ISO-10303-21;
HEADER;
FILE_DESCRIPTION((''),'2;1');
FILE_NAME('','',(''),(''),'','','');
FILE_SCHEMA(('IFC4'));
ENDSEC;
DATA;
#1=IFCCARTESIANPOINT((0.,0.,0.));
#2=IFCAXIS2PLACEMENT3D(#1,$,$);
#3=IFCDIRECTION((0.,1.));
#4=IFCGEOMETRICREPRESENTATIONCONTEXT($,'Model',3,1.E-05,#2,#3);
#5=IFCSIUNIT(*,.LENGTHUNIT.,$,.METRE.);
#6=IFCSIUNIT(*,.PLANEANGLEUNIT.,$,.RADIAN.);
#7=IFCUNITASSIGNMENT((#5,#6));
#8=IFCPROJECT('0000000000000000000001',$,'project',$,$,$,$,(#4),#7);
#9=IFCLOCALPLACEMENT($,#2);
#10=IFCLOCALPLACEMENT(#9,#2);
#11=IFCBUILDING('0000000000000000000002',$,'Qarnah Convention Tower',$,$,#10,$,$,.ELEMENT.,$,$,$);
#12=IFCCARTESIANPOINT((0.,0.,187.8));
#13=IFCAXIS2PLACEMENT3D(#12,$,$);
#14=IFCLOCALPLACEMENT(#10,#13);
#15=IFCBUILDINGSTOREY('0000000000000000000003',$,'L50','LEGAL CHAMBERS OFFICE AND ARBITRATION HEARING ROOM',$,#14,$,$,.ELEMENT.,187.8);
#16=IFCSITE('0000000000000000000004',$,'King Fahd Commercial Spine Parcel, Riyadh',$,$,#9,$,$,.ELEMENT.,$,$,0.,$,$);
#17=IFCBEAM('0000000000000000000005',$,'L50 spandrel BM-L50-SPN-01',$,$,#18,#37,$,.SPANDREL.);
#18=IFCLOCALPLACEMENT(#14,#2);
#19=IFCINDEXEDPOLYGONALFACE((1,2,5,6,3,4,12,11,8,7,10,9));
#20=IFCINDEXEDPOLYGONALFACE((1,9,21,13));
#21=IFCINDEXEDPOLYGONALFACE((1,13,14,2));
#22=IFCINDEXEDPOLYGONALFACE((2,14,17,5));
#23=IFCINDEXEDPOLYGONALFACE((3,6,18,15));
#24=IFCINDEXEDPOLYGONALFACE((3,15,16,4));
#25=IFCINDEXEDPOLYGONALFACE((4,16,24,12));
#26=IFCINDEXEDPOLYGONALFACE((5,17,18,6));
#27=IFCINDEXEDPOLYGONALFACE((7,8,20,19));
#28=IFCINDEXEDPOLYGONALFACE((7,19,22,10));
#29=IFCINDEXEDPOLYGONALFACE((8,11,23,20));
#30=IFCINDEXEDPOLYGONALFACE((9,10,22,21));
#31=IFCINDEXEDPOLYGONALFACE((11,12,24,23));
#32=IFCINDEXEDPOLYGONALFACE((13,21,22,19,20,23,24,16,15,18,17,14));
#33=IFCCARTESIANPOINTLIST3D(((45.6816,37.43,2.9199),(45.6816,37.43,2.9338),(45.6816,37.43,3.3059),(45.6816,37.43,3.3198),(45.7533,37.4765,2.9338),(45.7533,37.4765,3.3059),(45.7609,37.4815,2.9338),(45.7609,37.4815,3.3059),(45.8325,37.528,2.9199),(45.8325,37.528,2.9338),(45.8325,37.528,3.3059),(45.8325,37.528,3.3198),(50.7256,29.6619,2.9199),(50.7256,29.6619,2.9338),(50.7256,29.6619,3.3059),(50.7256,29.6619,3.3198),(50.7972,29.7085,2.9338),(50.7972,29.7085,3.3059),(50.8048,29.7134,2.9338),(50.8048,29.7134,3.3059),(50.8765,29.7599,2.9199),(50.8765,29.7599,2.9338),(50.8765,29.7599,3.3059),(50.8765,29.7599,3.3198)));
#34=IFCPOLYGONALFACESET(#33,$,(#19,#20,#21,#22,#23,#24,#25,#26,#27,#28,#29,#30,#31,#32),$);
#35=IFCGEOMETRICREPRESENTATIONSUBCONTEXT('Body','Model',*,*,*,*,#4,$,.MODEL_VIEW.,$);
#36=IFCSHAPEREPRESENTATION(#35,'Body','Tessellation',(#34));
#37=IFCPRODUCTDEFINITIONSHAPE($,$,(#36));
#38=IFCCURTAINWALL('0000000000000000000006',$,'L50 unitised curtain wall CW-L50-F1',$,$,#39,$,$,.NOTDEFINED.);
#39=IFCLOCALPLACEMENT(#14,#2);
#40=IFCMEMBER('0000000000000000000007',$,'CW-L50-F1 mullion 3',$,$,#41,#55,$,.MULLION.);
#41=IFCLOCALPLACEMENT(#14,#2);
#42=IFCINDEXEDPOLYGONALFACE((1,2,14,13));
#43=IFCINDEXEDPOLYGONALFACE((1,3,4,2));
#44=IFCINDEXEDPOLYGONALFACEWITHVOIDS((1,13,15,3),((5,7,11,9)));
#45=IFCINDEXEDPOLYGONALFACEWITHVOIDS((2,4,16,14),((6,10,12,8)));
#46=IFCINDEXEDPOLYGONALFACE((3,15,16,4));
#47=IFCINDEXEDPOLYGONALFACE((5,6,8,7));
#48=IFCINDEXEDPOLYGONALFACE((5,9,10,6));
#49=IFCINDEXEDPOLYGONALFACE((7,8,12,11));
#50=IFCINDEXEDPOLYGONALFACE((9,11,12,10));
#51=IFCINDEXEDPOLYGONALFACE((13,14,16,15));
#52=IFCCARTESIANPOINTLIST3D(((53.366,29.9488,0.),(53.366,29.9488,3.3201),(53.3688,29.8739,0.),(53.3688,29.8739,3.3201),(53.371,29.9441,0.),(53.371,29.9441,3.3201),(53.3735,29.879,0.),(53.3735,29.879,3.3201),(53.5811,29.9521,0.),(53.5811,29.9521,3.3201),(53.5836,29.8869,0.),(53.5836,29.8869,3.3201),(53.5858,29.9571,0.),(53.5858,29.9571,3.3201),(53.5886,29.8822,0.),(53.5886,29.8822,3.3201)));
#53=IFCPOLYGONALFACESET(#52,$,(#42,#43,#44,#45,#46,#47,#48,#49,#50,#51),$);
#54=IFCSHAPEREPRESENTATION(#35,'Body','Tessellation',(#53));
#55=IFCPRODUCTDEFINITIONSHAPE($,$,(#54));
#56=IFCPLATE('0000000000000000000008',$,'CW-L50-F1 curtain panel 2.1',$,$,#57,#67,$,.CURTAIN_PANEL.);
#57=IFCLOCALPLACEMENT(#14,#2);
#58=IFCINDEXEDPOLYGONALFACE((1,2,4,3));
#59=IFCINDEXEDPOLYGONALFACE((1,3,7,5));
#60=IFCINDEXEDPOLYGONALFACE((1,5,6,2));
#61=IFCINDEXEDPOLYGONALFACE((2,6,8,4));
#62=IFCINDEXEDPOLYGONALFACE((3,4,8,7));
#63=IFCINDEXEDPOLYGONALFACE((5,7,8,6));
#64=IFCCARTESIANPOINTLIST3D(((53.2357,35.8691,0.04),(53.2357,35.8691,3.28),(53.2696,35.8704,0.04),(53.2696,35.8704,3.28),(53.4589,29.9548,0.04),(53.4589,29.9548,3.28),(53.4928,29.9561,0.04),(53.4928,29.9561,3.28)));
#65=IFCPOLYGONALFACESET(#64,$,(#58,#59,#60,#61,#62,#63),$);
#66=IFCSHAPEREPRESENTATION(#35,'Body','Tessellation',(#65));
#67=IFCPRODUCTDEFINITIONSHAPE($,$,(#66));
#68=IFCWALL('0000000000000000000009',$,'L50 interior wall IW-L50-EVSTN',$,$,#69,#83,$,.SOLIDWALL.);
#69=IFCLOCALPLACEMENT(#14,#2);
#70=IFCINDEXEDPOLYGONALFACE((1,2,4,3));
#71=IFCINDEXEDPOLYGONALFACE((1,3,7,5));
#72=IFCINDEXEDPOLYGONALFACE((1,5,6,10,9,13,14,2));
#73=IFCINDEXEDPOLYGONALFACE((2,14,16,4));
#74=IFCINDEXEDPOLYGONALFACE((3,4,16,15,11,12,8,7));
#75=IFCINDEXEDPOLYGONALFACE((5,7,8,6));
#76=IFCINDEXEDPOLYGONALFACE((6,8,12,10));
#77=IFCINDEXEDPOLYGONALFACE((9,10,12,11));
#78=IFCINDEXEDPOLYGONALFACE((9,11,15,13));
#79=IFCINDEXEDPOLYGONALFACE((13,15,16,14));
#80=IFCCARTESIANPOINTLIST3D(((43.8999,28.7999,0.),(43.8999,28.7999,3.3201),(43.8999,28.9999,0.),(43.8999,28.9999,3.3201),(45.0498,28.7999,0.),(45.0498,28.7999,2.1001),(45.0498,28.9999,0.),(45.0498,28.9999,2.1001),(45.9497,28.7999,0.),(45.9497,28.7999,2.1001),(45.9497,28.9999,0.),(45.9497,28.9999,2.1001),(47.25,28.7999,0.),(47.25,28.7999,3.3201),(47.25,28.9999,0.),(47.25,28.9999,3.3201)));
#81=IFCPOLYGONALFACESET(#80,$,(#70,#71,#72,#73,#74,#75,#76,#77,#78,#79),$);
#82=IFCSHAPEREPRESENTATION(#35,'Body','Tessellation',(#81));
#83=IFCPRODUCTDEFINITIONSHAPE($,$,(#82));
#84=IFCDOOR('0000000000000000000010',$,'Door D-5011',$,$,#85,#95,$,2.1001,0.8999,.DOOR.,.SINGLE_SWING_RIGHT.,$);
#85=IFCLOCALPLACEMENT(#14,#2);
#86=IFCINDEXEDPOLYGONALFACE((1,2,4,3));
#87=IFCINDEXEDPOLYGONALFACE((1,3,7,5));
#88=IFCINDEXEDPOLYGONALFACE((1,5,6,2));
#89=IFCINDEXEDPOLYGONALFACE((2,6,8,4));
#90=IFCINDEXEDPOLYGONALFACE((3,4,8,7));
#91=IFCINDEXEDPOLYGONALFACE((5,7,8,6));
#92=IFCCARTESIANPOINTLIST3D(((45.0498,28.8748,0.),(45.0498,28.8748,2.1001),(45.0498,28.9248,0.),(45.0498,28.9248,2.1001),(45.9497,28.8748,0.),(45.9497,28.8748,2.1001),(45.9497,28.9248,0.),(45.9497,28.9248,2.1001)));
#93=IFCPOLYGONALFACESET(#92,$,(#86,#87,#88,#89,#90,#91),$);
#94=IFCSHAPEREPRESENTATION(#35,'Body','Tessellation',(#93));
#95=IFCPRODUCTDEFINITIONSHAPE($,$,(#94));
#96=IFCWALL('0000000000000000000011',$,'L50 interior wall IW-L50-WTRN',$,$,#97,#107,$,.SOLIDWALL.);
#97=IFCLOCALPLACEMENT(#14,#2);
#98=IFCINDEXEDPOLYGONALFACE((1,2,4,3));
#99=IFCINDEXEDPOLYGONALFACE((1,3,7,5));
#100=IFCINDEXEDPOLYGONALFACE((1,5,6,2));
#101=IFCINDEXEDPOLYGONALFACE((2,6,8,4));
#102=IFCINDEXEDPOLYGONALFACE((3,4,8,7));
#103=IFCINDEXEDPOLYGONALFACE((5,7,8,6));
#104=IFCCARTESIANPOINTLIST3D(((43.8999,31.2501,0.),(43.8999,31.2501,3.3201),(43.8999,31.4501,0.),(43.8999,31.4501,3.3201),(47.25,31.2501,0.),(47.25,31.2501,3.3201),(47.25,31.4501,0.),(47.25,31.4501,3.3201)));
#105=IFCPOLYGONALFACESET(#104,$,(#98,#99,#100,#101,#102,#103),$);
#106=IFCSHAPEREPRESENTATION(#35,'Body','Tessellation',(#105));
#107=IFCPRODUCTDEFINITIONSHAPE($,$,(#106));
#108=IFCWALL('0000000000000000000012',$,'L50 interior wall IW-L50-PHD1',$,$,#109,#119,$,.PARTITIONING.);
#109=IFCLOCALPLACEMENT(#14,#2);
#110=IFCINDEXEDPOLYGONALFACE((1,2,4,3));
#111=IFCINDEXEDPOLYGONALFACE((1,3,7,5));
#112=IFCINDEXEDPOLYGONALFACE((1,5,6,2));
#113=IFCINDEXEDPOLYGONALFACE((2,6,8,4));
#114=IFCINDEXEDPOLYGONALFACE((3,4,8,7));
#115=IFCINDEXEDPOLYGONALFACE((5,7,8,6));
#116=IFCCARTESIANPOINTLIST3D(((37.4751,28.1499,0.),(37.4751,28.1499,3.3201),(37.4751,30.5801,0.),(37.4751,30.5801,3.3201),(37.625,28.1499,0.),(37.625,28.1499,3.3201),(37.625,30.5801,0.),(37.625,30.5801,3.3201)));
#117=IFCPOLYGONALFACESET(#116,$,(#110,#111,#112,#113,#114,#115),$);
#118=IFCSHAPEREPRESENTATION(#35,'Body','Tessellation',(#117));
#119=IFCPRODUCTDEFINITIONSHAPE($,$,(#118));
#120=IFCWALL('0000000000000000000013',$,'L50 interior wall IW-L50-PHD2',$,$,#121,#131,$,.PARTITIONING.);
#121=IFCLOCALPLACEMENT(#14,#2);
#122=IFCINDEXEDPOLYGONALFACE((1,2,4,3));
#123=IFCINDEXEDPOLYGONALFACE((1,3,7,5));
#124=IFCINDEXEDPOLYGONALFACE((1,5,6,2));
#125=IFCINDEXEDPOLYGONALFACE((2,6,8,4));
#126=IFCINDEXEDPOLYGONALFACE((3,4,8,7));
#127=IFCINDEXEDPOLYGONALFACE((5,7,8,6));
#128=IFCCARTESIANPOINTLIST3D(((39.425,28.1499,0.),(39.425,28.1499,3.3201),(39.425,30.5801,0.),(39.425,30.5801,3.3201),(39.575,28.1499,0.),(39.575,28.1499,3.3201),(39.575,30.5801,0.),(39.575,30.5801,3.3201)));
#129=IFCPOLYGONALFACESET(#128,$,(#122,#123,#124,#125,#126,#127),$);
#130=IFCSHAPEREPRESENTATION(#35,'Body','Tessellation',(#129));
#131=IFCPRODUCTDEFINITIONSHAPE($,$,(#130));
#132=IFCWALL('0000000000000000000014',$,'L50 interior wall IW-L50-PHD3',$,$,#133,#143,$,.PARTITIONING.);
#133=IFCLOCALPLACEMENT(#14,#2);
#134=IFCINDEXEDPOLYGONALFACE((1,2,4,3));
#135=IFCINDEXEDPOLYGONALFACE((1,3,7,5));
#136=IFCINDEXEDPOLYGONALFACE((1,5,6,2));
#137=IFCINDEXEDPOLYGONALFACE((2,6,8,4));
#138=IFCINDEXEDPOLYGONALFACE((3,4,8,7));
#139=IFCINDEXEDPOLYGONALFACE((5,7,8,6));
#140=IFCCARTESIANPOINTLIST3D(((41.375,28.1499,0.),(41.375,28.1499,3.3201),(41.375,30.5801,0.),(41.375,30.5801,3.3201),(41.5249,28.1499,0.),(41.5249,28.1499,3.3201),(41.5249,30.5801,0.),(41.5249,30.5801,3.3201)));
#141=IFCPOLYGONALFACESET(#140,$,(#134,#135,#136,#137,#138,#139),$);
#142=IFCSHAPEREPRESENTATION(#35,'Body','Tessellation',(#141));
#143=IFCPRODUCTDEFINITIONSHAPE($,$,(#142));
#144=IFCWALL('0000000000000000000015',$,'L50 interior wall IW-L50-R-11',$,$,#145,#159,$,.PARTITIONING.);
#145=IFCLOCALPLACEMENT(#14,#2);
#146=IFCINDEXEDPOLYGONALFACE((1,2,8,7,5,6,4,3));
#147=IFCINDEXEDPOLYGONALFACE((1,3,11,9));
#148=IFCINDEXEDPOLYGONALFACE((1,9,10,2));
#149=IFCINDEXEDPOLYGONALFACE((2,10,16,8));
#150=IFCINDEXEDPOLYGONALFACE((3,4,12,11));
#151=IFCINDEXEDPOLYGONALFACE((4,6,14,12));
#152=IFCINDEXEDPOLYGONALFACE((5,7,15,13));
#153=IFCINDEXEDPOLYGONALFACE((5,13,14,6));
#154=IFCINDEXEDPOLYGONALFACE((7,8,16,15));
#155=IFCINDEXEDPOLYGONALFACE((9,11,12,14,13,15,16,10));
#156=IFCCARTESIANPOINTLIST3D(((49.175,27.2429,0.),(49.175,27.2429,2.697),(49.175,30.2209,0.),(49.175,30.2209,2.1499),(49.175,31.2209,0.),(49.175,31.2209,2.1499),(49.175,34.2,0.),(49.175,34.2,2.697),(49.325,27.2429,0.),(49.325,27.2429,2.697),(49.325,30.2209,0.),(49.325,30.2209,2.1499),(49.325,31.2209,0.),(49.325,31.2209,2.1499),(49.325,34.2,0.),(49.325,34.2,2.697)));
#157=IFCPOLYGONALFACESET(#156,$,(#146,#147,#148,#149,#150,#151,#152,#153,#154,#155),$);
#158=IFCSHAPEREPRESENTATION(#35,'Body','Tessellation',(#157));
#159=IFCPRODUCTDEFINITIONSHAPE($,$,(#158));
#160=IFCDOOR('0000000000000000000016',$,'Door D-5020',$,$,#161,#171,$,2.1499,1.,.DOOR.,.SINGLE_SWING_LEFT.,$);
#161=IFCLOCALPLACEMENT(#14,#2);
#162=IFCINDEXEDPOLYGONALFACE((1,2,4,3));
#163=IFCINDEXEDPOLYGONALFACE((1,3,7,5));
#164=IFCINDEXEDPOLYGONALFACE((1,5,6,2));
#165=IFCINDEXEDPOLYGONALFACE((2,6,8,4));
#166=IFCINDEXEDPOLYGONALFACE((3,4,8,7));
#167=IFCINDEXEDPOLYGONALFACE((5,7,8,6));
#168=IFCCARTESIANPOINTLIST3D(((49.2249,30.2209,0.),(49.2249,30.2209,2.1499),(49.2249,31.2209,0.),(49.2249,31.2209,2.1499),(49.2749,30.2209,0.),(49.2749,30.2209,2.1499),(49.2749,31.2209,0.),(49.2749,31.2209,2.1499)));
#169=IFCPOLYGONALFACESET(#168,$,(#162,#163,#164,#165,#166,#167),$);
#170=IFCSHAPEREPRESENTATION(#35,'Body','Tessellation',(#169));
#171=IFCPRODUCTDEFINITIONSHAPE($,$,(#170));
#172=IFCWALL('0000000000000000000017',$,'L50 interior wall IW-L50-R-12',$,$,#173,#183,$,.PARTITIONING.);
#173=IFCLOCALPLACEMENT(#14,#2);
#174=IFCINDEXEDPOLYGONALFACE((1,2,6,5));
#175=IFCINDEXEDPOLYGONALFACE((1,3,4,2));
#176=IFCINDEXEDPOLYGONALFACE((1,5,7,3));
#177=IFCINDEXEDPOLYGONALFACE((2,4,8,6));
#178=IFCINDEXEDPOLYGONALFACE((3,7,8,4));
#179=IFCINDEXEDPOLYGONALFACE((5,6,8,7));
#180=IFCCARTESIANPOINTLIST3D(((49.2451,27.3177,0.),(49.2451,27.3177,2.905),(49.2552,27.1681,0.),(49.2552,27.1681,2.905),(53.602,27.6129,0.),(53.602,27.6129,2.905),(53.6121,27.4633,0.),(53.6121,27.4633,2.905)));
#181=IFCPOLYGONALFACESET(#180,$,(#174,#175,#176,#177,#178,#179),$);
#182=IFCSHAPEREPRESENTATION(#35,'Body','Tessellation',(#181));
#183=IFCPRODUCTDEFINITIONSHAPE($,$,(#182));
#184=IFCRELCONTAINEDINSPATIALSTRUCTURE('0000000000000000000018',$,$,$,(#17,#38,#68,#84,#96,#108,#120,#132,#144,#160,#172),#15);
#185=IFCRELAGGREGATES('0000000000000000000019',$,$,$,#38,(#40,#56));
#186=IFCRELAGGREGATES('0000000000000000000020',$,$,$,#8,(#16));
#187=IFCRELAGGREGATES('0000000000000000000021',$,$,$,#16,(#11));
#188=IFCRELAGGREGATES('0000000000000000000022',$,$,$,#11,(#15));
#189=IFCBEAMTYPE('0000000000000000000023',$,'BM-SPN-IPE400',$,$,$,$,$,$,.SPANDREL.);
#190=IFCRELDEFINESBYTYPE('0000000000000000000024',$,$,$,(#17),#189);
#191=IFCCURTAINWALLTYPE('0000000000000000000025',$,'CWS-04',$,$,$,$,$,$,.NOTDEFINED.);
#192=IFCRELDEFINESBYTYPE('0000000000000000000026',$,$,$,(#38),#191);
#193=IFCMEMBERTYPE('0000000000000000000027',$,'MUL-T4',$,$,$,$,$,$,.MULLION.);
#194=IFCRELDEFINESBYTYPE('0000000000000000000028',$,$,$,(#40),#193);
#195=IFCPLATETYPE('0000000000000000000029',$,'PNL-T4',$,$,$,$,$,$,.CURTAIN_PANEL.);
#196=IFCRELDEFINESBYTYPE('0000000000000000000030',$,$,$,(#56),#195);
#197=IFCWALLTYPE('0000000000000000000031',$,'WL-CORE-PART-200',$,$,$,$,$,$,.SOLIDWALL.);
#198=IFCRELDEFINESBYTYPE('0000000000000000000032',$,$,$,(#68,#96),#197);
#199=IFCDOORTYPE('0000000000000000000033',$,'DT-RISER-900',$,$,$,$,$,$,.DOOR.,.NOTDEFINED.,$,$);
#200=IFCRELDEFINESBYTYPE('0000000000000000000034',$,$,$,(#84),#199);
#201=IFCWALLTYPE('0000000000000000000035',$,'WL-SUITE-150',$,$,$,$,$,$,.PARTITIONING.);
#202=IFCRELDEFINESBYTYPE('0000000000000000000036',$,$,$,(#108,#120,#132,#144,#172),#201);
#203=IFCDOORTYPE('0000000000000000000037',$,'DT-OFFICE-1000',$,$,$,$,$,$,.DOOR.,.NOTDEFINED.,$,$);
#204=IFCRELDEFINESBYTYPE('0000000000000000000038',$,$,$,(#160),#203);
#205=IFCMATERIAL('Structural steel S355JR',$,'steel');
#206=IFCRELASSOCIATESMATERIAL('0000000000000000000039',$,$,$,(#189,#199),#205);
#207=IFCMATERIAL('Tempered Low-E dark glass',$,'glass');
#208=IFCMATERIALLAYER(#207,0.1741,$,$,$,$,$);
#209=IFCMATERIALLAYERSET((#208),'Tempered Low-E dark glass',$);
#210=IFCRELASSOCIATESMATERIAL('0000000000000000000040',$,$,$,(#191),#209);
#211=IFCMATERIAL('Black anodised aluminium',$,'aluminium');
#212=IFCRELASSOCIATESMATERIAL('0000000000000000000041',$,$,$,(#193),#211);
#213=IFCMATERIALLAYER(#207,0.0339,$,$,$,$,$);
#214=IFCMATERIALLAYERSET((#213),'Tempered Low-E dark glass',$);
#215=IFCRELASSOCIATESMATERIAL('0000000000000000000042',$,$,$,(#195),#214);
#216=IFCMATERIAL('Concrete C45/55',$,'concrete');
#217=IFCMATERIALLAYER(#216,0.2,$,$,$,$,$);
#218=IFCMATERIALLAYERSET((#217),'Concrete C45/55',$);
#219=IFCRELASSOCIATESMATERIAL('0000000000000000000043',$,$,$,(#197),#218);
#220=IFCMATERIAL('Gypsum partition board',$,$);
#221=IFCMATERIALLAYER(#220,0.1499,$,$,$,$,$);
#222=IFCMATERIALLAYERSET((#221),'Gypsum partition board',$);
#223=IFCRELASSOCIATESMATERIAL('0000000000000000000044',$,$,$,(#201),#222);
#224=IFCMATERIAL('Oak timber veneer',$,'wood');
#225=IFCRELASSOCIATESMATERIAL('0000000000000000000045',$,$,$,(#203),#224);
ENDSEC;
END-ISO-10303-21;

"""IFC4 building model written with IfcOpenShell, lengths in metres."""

from ifc_helpers import new_model, si_unit, direction, frame, frame_2d, origin, origin_2d, place, context, subcontext, project, spatial, rectangle, hollow_rectangle, i_section, extrude, material, layer, layer_set, material_profile, profile_set, type_object, element, fill, aggregate, save


model = new_model("IFC4")

# Units and contexts
model_context = context("Model", 3, precision=1e-05, world=origin(), true_north=direction((0.0, 1.0)))
body_context = subcontext(model_context, "Body", "Model", "MODEL_VIEW")
ifc_project = project(units=[si_unit("LENGTHUNIT", "METRE"), si_unit("PLANEANGLEUNIT", "RADIAN")], contexts=[model_context])

# Site, building, storey
site_placement = place(None, origin())
site = spatial("IfcSite", under=ifc_project, at=site_placement, Name="King Fahd Commercial Spine Parcel, Riyadh", CompositionType="ELEMENT", RefElevation=0.0)
building_placement = place(site_placement, origin())
building = spatial("IfcBuilding", under=site, at=building_placement, Name="Qarnah Convention Tower", CompositionType="ELEMENT")
storey_placement = place(building_placement, frame((0.0, 0.0, 187.8)))
storey = spatial("IfcBuildingStorey", under=building, at=storey_placement, Name="L50", Description="LEGAL CHAMBERS OFFICE AND ARBITRATION HEARING ROOM", CompositionType="ELEMENT", Elevation=187.8)

# Beam
ifc_material_1 = material(Name="Structural steel S355JR", Category="steel")
ifc_material_profile_1 = material_profile(ifc_material_1, i_section(OverallWidth=0.1799, OverallDepth=0.3999, WebThickness=0.009, FlangeThickness=0.0139, at=origin_2d()), Name="IPE400")
ifc_profile_set_1 = profile_set([ifc_material_profile_1], Name="Structural steel S355JR")
beam_type_1 = type_object("IfcBeamType", Name="BM-SPN-IPE400", PredefinedType="SPANDREL", material=ifc_profile_set_1)
beam_1_placement = place(storey_placement, frame((50.801, 29.7109, 3.1199), z_axis=(-0.544586, 0.838705, 0.0), x_axis=(-0.838705, -0.544586, 0.0)))
element("IfcBeam", 1, at=beam_1_placement, inside=storey, type_object=beam_type_1, Name="L50 spandrel BM-L50-SPN-01", PredefinedType="SPANDREL", context=body_context, shape_type="SweptSolid", body=[
    extrude(i_section(OverallWidth=0.1799, OverallDepth=0.3999, WebThickness=0.009, FlangeThickness=0.0139, at=origin_2d()), origin(), (0.0, 0.0, 1.0), 9.262),
])

# Curtain wall, member, plate
ifc_material_2 = material(Name="Tempered Low-E dark glass", Category="glass")
ifc_layer_1 = layer(ifc_material_2, 0.1741)
ifc_layer_set_1 = layer_set([ifc_layer_1], Name="Tempered Low-E dark glass")
curtain_wall_type = type_object("IfcCurtainWallType", Name="CWS-04", PredefinedType="NOTDEFINED", material=ifc_layer_set_1)
curtain_wall_placement = place(storey_placement, origin())
curtain_wall = element("IfcCurtainWall", 2, at=curtain_wall_placement, inside=storey, type_object=curtain_wall_type, Name="L50 unitised curtain wall CW-L50-F1", PredefinedType="NOTDEFINED")
ifc_material_3 = material(Name="Black anodised aluminium", Category="aluminium")
ifc_material_profile_2 = material_profile(ifc_material_3, hollow_rectangle(XDim=0.075, YDim=0.22, WallThickness=0.0049, at=origin_2d()), Name="MUL-75X220")
ifc_profile_set_2 = profile_set([ifc_material_profile_2], Name="Black anodised aluminium")
member_type = type_object("IfcMemberType", Name="MUL-T4", PredefinedType="MULLION", material=ifc_profile_set_2)
member_placement = place(storey_placement, frame((53.4773, 29.9155, 0.0), z_axis=(0.0, 0.0, 1.0), x_axis=(0.03771, -0.999289, 0.0)))
member = element("IfcMember", 3, at=member_placement, type_object=member_type, Name="CW-L50-F1 mullion 3", PredefinedType="MULLION", context=body_context, shape_type="SweptSolid", body=[
    extrude(hollow_rectangle(XDim=0.075, YDim=0.22, WallThickness=0.0049, at=origin_2d()), origin(), (0.0, 0.0, 1.0), 3.3201),
])
ifc_layer_2 = layer(ifc_material_2, 0.0339)
ifc_layer_set_2 = layer_set([ifc_layer_2], Name="Tempered Low-E dark glass")
plate_type = type_object("IfcPlateType", Name="PNL-T4", PredefinedType="CURTAIN_PANEL", material=ifc_layer_set_2)
plate_placement = place(storey_placement, frame((53.3643, 32.9126, 0.04), z_axis=(0.0, 0.0, 1.0), x_axis=(0.03771, -0.999289, 0.0)))
plate = element("IfcPlate", 4, at=plate_placement, type_object=plate_type, Name="CW-L50-F1 curtain panel 2.1", PredefinedType="CURTAIN_PANEL", context=body_context, shape_type="SweptSolid", body=[
    extrude(rectangle(XDim=5.9185, YDim=0.0339, at=origin_2d()), origin(), (0.0, 0.0, 1.0), 3.24),
])
aggregate(curtain_wall, [member, plate])

# Wall, opening, door
ifc_material_4 = material(Name="Concrete C45/55", Category="concrete")
ifc_layer_3 = layer(ifc_material_4, 0.2)
ifc_layer_set_3 = layer_set([ifc_layer_3], Name="Concrete C45/55")
wall_type_1 = type_object("IfcWallType", Name="WL-CORE-PART-200", PredefinedType="SOLIDWALL", material=ifc_layer_set_3)
wall_1_placement = place(storey_placement, frame((43.8999, 28.8999, 0.0), z_axis=(0.0, 0.0, 1.0), x_axis=(1.0, 0.0, 0.0)))
wall_1 = element("IfcWall", 5, at=wall_1_placement, inside=storey, type_object=wall_type_1, Name="L50 interior wall IW-L50-EVSTN", PredefinedType="SOLIDWALL", context=body_context, shape_type="SweptSolid", body=[
    extrude(rectangle(XDim=3.3501, YDim=0.2, at=frame_2d((1.675, 0.0))), origin(), (0.0, 0.0, 1.0), 3.3201),
])
opening_1_placement = place(wall_1_placement, frame((1.1499, 0.0, 0.0)))
opening_1 = element("IfcOpeningElement", 6, at=opening_1_placement, cuts=wall_1, PredefinedType="OPENING", context=body_context, shape_type="SweptSolid", body=[
    extrude(rectangle(XDim=0.8999, YDim=2.1001, at=frame_2d((0.45, 1.05))), frame((0.0, 0.1099, 0.0), z_axis=(0.0, -1.0, 0.0), x_axis=(1.0, 0.0, 0.0)), (0.0, 0.0, 1.0), 0.22),
])
door_type_1 = type_object("IfcDoorType", Name="DT-RISER-900", OperationType="NOTDEFINED", PredefinedType="DOOR", material=ifc_material_1)
door_1_placement = place(opening_1_placement, origin())
door_1 = element("IfcDoor", 7, at=door_1_placement, inside=storey, type_object=door_type_1, Name="Door D-5011", OperationType="SINGLE_SWING_RIGHT", OverallHeight=2.1001, OverallWidth=0.8999, PredefinedType="DOOR", context=body_context, shape_type="SweptSolid", body=[
    extrude(rectangle(XDim=0.8999, YDim=2.1001, at=frame_2d((0.45, 1.05))), frame((0.0, 0.0249, 0.0), z_axis=(0.0, -1.0, 0.0), x_axis=(1.0, 0.0, 0.0)), (0.0, 0.0, 1.0), 0.05),
])
fill(opening_1, door_1)

# Walls
wall_2_placement = place(storey_placement, frame((43.8999, 31.3501, 0.0), z_axis=(0.0, 0.0, 1.0), x_axis=(1.0, 0.0, 0.0)))
element("IfcWall", 8, at=wall_2_placement, inside=storey, type_object=wall_type_1, Name="L50 interior wall IW-L50-WTRN", PredefinedType="SOLIDWALL", context=body_context, shape_type="SweptSolid", body=[
    extrude(rectangle(XDim=3.3501, YDim=0.2, at=frame_2d((1.675, 0.0))), origin(), (0.0, 0.0, 1.0), 3.3201),
])
ifc_material_5 = material(Name="Gypsum partition board")
ifc_layer_4 = layer(ifc_material_5, 0.1499)
ifc_layer_set_4 = layer_set([ifc_layer_4], Name="Gypsum partition board")
wall_type_2 = type_object("IfcWallType", Name="WL-SUITE-150", PredefinedType="PARTITIONING", material=ifc_layer_set_4)
for number, where, z_axis, x_axis, name in (
    (9, (37.55, 28.1499, 0.0), (0.0, 0.0, 1.0), (0.0, 1.0, 0.0), "L50 interior wall IW-L50-PHD1"),
    (10, (39.5, 28.1499, 0.0), (0.0, 0.0, 1.0), (0.0, 1.0, 0.0), "L50 interior wall IW-L50-PHD2"),
    (11, (41.45, 28.1499, 0.0), (0.0, 0.0, 1.0), (0.0, 1.0, 0.0), "L50 interior wall IW-L50-PHD3"),
):
    element("IfcWall", number, at=place(storey_placement, frame(where, z_axis=z_axis, x_axis=x_axis)), inside=storey, type_object=wall_type_2, Name=name, PredefinedType="PARTITIONING", context=body_context, shape_type="SweptSolid", body=[
        extrude(rectangle(XDim=2.4302, YDim=0.1499, at=frame_2d((1.2151, 0.0))), origin(), (0.0, 0.0, 1.0), 3.3201),
    ])

# Wall, opening, door
wall_3_placement = place(storey_placement, frame((49.25, 34.2, 0.0), z_axis=(0.0, 0.0, 1.0), x_axis=(0.0, -1.0, 0.0)))
wall_3 = element("IfcWall", 12, at=wall_3_placement, inside=storey, type_object=wall_type_2, Name="L50 interior wall IW-L50-R-11", PredefinedType="PARTITIONING", context=body_context, shape_type="SweptSolid", body=[
    extrude(rectangle(XDim=6.957, YDim=0.1499, at=frame_2d((3.4785, 0.0))), origin(), (0.0, 0.0, 1.0), 2.697),
])
opening_2_placement = place(wall_3_placement, frame((2.979, 0.0, 0.0)))
opening_2 = element("IfcOpeningElement", 13, at=opening_2_placement, cuts=wall_3, PredefinedType="OPENING", context=body_context, shape_type="SweptSolid", body=[
    extrude(rectangle(XDim=1.0, YDim=2.1499, at=frame_2d((0.5, 1.075))), frame((0.0, 0.085, 0.0), z_axis=(0.0, -1.0, 0.0), x_axis=(1.0, 0.0, 0.0)), (0.0, 0.0, 1.0), 0.1699),
])
ifc_material_6 = material(Name="Oak timber veneer", Category="wood")
door_type_2 = type_object("IfcDoorType", Name="DT-OFFICE-1000", OperationType="NOTDEFINED", PredefinedType="DOOR", material=ifc_material_6)
door_2_placement = place(opening_2_placement, origin())
door_2 = element("IfcDoor", 14, at=door_2_placement, inside=storey, type_object=door_type_2, Name="Door D-5020", OperationType="SINGLE_SWING_LEFT", OverallHeight=2.1499, OverallWidth=1.0, PredefinedType="DOOR", context=body_context, shape_type="SweptSolid", body=[
    extrude(rectangle(XDim=1.0, YDim=2.1499, at=frame_2d((0.5, 1.075))), frame((0.0, 0.0249, 0.0), z_axis=(0.0, -1.0, 0.0), x_axis=(1.0, 0.0, 0.0)), (0.0, 0.0, 1.0), 0.05),
])
fill(opening_2, door_2)

# Wall
wall_4_placement = place(storey_placement, frame((49.25, 27.2429, 0.0), z_axis=(0.0, 0.0, 1.0), x_axis=(0.997713, 0.067591, 0.0)))
element("IfcWall", 15, at=wall_4_placement, inside=storey, type_object=wall_type_2, Name="L50 interior wall IW-L50-R-12", PredefinedType="PARTITIONING", context=body_context, shape_type="SweptSolid", body=[
    extrude(rectangle(XDim=4.3669, YDim=0.1499, at=frame_2d((2.1836, 0.0))), origin(), (0.0, 0.0, 1.0), 2.905),
])

save(model, "model.ifc")
